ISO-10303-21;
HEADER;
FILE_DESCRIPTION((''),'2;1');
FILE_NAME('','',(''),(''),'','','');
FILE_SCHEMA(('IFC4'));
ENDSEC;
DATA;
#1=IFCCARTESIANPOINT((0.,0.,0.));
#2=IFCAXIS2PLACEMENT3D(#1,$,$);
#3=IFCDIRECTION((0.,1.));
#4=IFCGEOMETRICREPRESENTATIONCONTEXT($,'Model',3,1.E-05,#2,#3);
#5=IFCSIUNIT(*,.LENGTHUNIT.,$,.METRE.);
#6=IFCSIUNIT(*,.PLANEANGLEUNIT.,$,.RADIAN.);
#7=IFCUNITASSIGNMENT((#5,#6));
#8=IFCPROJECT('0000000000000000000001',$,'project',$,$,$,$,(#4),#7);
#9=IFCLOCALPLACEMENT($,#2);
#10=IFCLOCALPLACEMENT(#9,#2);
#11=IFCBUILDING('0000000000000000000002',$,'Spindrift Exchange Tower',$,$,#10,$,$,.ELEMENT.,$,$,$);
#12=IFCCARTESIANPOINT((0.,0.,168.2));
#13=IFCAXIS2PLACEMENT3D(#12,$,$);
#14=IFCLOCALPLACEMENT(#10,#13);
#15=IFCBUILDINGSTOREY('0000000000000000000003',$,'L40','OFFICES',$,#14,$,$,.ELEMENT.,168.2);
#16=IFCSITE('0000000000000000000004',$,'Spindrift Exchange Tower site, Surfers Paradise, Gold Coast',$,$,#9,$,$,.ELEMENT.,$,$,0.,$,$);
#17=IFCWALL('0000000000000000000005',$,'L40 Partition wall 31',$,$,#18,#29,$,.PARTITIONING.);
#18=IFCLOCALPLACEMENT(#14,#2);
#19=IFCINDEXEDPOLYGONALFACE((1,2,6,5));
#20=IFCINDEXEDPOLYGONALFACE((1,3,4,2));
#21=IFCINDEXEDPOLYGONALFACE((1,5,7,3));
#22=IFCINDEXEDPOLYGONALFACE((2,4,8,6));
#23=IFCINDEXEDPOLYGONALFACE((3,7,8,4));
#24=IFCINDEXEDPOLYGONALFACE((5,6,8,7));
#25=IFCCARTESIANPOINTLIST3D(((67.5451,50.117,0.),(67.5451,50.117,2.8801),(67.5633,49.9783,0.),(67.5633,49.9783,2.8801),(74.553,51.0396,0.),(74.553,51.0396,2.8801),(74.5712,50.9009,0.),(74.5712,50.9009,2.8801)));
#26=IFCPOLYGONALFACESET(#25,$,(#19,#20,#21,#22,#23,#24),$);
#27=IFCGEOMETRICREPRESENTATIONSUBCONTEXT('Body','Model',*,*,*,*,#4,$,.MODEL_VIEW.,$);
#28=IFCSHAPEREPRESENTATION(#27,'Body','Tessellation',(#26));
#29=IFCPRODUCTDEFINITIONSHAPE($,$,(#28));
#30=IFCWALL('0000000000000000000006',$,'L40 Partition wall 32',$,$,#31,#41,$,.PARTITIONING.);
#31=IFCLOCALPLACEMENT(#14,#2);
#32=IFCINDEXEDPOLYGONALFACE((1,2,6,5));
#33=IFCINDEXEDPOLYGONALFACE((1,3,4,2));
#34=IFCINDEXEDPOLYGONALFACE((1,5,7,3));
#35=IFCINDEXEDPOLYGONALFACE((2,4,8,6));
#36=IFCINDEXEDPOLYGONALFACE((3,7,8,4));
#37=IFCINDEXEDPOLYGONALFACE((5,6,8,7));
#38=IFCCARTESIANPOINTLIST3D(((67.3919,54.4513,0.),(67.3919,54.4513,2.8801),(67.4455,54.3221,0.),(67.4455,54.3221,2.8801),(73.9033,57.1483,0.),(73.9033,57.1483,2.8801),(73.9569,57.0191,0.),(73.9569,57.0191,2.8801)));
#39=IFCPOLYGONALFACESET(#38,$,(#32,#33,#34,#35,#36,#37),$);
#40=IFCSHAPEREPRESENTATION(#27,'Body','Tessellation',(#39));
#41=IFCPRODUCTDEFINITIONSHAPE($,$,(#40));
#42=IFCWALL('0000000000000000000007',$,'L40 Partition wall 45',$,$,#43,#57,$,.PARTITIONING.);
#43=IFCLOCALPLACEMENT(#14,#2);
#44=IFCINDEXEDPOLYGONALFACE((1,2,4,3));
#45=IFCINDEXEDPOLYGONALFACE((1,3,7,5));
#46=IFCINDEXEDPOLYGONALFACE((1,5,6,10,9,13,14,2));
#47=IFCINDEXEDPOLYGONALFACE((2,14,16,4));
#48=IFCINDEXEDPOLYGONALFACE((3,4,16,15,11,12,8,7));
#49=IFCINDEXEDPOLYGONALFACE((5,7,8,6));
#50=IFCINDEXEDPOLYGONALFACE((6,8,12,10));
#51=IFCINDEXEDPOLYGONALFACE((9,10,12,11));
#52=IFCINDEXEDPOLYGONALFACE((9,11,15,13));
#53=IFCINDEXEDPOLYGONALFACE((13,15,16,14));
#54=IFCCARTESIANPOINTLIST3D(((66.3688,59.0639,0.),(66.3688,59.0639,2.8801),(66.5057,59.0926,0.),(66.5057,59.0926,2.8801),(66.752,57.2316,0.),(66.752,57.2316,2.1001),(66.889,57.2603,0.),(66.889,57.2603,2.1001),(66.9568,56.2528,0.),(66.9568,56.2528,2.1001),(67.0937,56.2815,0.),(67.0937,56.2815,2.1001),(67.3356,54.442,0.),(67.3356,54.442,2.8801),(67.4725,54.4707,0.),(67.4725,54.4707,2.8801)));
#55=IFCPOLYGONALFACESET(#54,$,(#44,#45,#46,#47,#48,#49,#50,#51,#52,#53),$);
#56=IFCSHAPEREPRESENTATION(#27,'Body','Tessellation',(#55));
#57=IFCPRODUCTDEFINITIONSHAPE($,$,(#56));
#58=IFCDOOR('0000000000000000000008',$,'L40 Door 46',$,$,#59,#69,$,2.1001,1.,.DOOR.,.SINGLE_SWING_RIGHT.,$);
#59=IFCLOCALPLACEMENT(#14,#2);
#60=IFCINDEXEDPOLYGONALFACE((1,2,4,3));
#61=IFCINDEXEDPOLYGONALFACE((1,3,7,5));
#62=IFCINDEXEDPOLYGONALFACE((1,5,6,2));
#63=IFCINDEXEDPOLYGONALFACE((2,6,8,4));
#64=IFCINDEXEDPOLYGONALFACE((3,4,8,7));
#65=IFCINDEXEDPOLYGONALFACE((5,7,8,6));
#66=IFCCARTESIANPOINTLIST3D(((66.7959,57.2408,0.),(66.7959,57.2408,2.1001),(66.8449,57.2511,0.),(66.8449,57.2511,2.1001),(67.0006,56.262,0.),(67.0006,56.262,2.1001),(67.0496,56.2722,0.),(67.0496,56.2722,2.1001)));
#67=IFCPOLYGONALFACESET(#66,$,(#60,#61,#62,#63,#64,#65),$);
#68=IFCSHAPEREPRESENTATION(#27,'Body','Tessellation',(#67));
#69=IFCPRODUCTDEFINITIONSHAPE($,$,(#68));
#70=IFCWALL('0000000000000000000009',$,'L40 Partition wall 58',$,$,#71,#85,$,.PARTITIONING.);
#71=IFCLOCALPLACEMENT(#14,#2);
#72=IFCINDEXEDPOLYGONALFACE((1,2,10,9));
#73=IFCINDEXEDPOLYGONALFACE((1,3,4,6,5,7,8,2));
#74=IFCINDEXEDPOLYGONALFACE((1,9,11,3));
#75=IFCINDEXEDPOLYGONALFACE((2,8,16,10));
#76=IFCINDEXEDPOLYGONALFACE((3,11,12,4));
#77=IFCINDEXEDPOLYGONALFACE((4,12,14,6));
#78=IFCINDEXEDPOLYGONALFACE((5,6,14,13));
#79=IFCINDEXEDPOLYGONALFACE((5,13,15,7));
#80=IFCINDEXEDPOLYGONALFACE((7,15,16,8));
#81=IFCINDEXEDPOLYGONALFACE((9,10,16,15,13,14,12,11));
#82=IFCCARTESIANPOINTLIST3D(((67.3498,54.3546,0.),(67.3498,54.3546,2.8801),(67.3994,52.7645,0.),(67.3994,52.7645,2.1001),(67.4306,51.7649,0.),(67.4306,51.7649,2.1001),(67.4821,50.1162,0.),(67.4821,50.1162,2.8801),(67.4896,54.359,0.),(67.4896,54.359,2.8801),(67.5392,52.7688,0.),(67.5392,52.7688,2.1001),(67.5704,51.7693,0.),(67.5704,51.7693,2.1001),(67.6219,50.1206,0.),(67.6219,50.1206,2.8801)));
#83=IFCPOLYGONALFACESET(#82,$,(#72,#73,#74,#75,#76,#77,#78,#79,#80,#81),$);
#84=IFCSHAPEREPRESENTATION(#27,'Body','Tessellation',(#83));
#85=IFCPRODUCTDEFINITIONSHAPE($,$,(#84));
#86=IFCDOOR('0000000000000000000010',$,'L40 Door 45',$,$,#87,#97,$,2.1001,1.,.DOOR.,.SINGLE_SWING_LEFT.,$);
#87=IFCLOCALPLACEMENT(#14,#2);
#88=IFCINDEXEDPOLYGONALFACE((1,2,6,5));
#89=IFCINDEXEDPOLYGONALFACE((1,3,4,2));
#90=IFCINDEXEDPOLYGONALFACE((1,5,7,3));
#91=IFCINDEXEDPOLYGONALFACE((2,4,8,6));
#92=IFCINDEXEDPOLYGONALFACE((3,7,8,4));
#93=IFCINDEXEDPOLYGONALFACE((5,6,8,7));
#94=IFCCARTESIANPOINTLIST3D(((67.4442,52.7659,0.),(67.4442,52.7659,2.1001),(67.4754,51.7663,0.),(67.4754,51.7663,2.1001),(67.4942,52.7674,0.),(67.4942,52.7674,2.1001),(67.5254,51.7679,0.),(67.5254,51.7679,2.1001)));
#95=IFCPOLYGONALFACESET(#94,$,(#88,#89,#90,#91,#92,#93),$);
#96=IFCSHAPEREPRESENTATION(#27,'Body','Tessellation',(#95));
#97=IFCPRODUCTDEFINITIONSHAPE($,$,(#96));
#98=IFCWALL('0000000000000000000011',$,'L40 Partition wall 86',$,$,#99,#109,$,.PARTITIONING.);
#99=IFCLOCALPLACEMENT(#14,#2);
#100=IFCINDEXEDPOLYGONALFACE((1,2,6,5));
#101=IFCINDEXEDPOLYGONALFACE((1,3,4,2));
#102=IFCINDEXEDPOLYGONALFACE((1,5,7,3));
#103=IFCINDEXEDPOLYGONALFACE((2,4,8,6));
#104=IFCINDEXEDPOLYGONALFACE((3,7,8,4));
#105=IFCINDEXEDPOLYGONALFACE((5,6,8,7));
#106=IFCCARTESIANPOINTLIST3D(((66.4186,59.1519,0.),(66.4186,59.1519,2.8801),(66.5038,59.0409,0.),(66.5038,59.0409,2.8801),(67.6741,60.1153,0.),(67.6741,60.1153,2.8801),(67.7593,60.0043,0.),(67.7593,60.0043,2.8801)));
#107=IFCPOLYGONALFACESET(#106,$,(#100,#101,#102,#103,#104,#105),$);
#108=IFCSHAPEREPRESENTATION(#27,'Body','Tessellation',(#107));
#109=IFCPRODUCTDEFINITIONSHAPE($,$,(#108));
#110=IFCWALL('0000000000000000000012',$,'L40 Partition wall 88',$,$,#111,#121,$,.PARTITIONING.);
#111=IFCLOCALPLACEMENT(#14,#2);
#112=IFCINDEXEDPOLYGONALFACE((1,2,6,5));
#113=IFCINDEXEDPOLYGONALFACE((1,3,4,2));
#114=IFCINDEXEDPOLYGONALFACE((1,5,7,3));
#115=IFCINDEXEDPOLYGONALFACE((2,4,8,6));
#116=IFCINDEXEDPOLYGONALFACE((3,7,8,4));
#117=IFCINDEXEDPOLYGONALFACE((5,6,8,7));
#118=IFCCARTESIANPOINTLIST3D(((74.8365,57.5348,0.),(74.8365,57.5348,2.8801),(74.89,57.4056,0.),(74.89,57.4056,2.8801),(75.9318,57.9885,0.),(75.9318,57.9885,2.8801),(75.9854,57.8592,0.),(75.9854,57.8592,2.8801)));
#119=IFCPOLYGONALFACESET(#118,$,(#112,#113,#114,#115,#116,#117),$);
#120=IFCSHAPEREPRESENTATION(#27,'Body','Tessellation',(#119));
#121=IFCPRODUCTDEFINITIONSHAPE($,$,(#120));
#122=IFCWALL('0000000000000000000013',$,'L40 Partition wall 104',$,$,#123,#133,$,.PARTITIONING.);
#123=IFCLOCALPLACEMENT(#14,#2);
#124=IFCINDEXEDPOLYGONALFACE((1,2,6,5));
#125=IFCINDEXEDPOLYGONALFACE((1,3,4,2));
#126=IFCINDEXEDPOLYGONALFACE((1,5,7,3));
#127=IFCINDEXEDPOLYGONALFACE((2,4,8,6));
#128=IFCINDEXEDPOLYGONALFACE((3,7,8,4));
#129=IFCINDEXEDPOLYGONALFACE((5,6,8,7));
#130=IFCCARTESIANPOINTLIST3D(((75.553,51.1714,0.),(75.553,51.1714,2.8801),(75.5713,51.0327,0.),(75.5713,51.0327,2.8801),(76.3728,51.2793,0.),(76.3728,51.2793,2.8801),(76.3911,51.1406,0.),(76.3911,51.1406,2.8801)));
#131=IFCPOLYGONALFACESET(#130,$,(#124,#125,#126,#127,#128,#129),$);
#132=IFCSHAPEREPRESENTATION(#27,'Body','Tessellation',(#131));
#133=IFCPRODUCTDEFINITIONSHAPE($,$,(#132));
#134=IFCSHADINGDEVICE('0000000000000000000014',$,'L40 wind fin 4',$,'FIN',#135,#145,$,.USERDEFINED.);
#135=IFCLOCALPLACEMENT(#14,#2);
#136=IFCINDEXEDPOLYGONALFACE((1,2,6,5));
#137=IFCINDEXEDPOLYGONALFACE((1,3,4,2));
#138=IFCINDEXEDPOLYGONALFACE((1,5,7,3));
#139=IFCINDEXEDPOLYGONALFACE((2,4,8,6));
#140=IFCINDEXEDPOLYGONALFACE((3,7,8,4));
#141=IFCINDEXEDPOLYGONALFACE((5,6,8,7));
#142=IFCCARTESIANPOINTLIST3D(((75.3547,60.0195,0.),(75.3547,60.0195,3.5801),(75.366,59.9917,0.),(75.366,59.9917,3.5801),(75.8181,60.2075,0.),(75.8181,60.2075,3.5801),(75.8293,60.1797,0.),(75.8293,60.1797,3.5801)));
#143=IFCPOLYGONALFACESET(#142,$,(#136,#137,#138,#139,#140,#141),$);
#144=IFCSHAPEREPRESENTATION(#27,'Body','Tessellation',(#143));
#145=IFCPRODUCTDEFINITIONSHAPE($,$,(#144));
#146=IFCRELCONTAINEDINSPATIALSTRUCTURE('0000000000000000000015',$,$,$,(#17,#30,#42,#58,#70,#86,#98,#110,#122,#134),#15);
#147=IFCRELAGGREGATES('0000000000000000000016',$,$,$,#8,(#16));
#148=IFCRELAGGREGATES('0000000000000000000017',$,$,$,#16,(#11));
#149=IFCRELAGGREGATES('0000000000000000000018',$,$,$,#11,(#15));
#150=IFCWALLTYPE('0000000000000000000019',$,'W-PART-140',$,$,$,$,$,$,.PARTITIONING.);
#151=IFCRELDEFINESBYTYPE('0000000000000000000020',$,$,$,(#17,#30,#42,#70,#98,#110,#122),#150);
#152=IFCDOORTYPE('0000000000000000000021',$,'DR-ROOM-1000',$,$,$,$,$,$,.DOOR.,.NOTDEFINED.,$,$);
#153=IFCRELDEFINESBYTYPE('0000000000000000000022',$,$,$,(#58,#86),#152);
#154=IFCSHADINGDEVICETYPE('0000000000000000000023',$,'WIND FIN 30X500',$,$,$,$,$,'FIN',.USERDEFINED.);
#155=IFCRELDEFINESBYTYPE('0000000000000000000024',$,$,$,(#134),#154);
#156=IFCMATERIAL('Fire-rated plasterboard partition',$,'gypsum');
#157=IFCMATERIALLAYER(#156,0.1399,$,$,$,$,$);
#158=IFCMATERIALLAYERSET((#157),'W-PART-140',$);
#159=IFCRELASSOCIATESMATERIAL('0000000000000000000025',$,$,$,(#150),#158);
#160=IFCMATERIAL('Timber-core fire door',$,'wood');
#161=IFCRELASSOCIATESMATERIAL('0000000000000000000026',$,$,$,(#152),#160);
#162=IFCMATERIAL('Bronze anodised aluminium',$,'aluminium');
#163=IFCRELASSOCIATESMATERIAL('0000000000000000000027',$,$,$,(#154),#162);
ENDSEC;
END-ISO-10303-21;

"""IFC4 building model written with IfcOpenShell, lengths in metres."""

from ifc_helpers import new_model, si_unit, direction, frame, frame_2d, origin, origin_2d, place, context, subcontext, project, spatial, rectangle, extrude, source, transform, mapped, material, layer, layer_set, material_profile, profile_set, type_object, element, fill, save


model = new_model("IFC4")

# Units and contexts
model_context = context("Model", 3, precision=1e-05, world=origin(), true_north=direction((0.0, 1.0)))
body_context = subcontext(model_context, "Body", "Model", "MODEL_VIEW")
ifc_project = project(units=[si_unit("LENGTHUNIT", "METRE"), si_unit("PLANEANGLEUNIT", "RADIAN")], contexts=[model_context])

# Site, building, storey
site_placement = place(None, origin())
site = spatial("IfcSite", under=ifc_project, at=site_placement, Name="Spindrift Exchange Tower site, Surfers Paradise, Gold Coast", CompositionType="ELEMENT", RefElevation=0.0)
building_placement = place(site_placement, origin())
building = spatial("IfcBuilding", under=site, at=building_placement, Name="Spindrift Exchange Tower", CompositionType="ELEMENT")
storey_placement = place(building_placement, frame((0.0, 0.0, 168.2)))
storey = spatial("IfcBuildingStorey", under=building, at=storey_placement, Name="L40", Description="OFFICES", CompositionType="ELEMENT", Elevation=168.2)

# Shared definitions
ifc_material_1 = material(Name="Bronze anodised aluminium", Category="aluminium")

# Walls
ifc_material_2 = material(Name="Fire-rated plasterboard partition", Category="gypsum")
ifc_layer_1 = layer(ifc_material_2, 0.1399)
ifc_layer_set_1 = layer_set([ifc_layer_1], Name="W-PART-140")
wall_type = type_object("IfcWallType", Name="W-PART-140", PredefinedType="PARTITIONING", material=ifc_layer_set_1)
wall_1_placement = place(storey_placement, frame((67.5542, 50.0476, 0.0), z_axis=(0.0, 0.0, 1.0), x_axis=(0.991445, 0.130528, 0.0)))
element("IfcWall", 1, at=wall_1_placement, inside=storey, type_object=wall_type, Name="L40 Partition wall 31", PredefinedType="PARTITIONING", context=body_context, shape_type="SweptSolid", body=[
    extrude(rectangle(XDim=7.0684, YDim=0.1399, at=frame_2d((3.5342, 0.0))), origin(), (0.0, 0.0, 1.0), 2.8801),
])
wall_2_placement = place(storey_placement, frame((67.4187, 54.3867, 0.0), z_axis=(0.0, 0.0, 1.0), x_axis=(0.923886, 0.382669, 0.0)))
element("IfcWall", 2, at=wall_2_placement, inside=storey, type_object=wall_type, Name="L40 Partition wall 32", PredefinedType="PARTITIONING", context=body_context, shape_type="SweptSolid", body=[
    extrude(rectangle(XDim=7.0479, YDim=0.1399, at=frame_2d((3.5239, 0.0))), origin(), (0.0, 0.0, 1.0), 2.8801),
])

# Walls, openings, doors
wall_3_placement = place(storey_placement, frame((66.4373, 59.0781, 0.0), z_axis=(0.0, 0.0, 1.0), x_axis=(0.204749, -0.978814, 0.0)))
wall_3 = element("IfcWall", 3, at=wall_3_placement, inside=storey, type_object=wall_type, Name="L40 Partition wall 45", PredefinedType="PARTITIONING", context=body_context, shape_type="SweptSolid", body=[
    extrude(rectangle(XDim=4.7219, YDim=0.1399, at=frame_2d((2.3608, 0.0))), origin(), (0.0, 0.0, 1.0), 2.8801),
])
opening_1_placement = place(wall_3_placement, frame((1.8718, 0.0, 0.0)))
opening_1 = element("IfcOpeningElement", 4, at=opening_1_placement, cuts=wall_3, PredefinedType="OPENING", context=body_context, shape_type="SweptSolid", body=[
    extrude(rectangle(XDim=1.0, YDim=2.1001, at=frame_2d((0.5, 1.05))), frame((0.0, 0.0798, 0.0), z_axis=(0.0, -1.0, 0.0), x_axis=(1.0, 0.0, 0.0)), (0.0, 0.0, 1.0), 0.1599),
])
ifc_material_3 = material(Name="Timber-core fire door", Category="wood")
door_type = type_object("IfcDoorType", Name="DR-ROOM-1000", OperationType="NOTDEFINED", PredefinedType="DOOR", material=ifc_material_3)
shared_shape_1 = source(origin(), body_context, "Body", "SweptSolid", [
    extrude(rectangle(XDim=1.0, YDim=2.1001, at=frame_2d((0.5, 1.05))), frame((0.0, 0.0249, 0.0), z_axis=(0.0, -1.0, 0.0), x_axis=(1.0, 0.0, 0.0)), (0.0, 0.0, 1.0), 0.05),
])
door_1_placement = place(opening_1_placement, origin())
door_1 = element("IfcDoor", 5, at=door_1_placement, inside=storey, type_object=door_type, Name="L40 Door 46", OperationType="SINGLE_SWING_RIGHT", OverallHeight=2.1001, OverallWidth=1.0, PredefinedType="DOOR", context=body_context, shape_type="MappedRepresentation", body=[
    mapped(shared_shape_1, transform((0.0, 0.0, 0.0), scale=1.0)),
])
fill(opening_1, door_1)
wall_4_placement = place(storey_placement, frame((67.4197, 54.3567, 0.0), z_axis=(0.0, 0.0, 1.0), x_axis=(0.031204, -0.999513, 0.0)))
wall_4 = element("IfcWall", 6, at=wall_4_placement, inside=storey, type_object=wall_type, Name="L40 Partition wall 58", PredefinedType="PARTITIONING", context=body_context, shape_type="SweptSolid", body=[
    extrude(rectangle(XDim=4.2405, YDim=0.1399, at=frame_2d((2.1201, 0.0))), origin(), (0.0, 0.0, 1.0), 2.8801),
])
opening_2_placement = place(wall_4_placement, frame((1.5908, 0.0, 0.0)))
opening_2 = element("IfcOpeningElement", 7, at=opening_2_placement, cuts=wall_4, PredefinedType="OPENING", context=body_context, shape_type="SweptSolid", body=[
    extrude(rectangle(XDim=1.0, YDim=2.1001, at=frame_2d((0.5, 1.05))), frame((0.0, 0.0798, 0.0), z_axis=(0.0, -1.0, 0.0), x_axis=(1.0, 0.0, 0.0)), (0.0, 0.0, 1.0), 0.1599),
])
door_2_placement = place(opening_2_placement, origin())
door_2 = element("IfcDoor", 8, at=door_2_placement, inside=storey, type_object=door_type, Name="L40 Door 45", OperationType="SINGLE_SWING_LEFT", OverallHeight=2.1001, OverallWidth=1.0, PredefinedType="DOOR", context=body_context, shape_type="MappedRepresentation", body=[
    mapped(shared_shape_1, transform((0.0, 0.0, 0.0), scale=1.0)),
])
fill(opening_2, door_2)

# Walls
wall_5_placement = place(storey_placement, frame((66.4612, 59.0964, 0.0), z_axis=(0.0, 0.0, 1.0), x_axis=(0.79338, 0.608726, 0.0)))
element("IfcWall", 9, at=wall_5_placement, inside=storey, type_object=wall_type, Name="L40 Partition wall 86", PredefinedType="PARTITIONING", context=body_context, shape_type="SweptSolid", body=[
    extrude(rectangle(XDim=1.5825, YDim=0.1399, at=frame_2d((0.7913, 0.0))), origin(), (0.0, 0.0, 1.0), 2.8801),
])
wall_6_placement = place(storey_placement, frame((74.8633, 57.4702, 0.0), z_axis=(0.0, 0.0, 1.0), x_axis=(0.923891, 0.382655, 0.0)))
element("IfcWall", 10, at=wall_6_placement, inside=storey, type_object=wall_type, Name="L40 Partition wall 88", PredefinedType="PARTITIONING", context=body_context, shape_type="SweptSolid", body=[
    extrude(rectangle(XDim=1.1855, YDim=0.1399, at=frame_2d((0.5928, 0.0))), origin(), (0.0, 0.0, 1.0), 2.8801),
])
wall_7_placement = place(storey_placement, frame((75.562, 51.1021, 0.0), z_axis=(0.0, 0.0, 1.0), x_axis=(0.991448, 0.1305, 0.0)))
element("IfcWall", 11, at=wall_7_placement, inside=storey, type_object=wall_type, Name="L40 Partition wall 104", PredefinedType="PARTITIONING", context=body_context, shape_type="SweptSolid", body=[
    extrude(rectangle(XDim=0.8269, YDim=0.1399, at=frame_2d((0.4136, 0.0))), origin(), (0.0, 0.0, 1.0), 2.8801),
])

# Shading device
ifc_material_profile_1 = material_profile(ifc_material_1, rectangle(XDim=0.03, YDim=0.5, at=origin_2d()), Name="WIND FIN 30X500")
ifc_profile_set_1 = profile_set([ifc_material_profile_1], Name="Bronze anodised aluminium")
shading_device_type = type_object("IfcShadingDeviceType", Name="WIND FIN 30X500", ElementType="FIN", PredefinedType="USERDEFINED", material=ifc_profile_set_1)
shared_shape_2 = source(origin(), body_context, "Body", "SweptSolid", [
    extrude(rectangle(XDim=0.03, YDim=0.5, at=origin_2d()), origin(), (0.0, 0.0, 1.0), 3.5801),
])
shading_device_placement = place(storey_placement, frame((75.592, 60.0996, 0.0), z_axis=(0.0, 0.0, 1.0), x_axis=(-0.375964, 0.926634, 0.0)))
element("IfcShadingDevice", 12, at=shading_device_placement, inside=storey, type_object=shading_device_type, Name="L40 wind fin 4", ObjectType="FIN", PredefinedType="USERDEFINED", context=body_context, shape_type="MappedRepresentation", body=[
    mapped(shared_shape_2, transform((0.0, 0.0, 0.0), scale=1.0)),
])

save(model, "model.ifc")
